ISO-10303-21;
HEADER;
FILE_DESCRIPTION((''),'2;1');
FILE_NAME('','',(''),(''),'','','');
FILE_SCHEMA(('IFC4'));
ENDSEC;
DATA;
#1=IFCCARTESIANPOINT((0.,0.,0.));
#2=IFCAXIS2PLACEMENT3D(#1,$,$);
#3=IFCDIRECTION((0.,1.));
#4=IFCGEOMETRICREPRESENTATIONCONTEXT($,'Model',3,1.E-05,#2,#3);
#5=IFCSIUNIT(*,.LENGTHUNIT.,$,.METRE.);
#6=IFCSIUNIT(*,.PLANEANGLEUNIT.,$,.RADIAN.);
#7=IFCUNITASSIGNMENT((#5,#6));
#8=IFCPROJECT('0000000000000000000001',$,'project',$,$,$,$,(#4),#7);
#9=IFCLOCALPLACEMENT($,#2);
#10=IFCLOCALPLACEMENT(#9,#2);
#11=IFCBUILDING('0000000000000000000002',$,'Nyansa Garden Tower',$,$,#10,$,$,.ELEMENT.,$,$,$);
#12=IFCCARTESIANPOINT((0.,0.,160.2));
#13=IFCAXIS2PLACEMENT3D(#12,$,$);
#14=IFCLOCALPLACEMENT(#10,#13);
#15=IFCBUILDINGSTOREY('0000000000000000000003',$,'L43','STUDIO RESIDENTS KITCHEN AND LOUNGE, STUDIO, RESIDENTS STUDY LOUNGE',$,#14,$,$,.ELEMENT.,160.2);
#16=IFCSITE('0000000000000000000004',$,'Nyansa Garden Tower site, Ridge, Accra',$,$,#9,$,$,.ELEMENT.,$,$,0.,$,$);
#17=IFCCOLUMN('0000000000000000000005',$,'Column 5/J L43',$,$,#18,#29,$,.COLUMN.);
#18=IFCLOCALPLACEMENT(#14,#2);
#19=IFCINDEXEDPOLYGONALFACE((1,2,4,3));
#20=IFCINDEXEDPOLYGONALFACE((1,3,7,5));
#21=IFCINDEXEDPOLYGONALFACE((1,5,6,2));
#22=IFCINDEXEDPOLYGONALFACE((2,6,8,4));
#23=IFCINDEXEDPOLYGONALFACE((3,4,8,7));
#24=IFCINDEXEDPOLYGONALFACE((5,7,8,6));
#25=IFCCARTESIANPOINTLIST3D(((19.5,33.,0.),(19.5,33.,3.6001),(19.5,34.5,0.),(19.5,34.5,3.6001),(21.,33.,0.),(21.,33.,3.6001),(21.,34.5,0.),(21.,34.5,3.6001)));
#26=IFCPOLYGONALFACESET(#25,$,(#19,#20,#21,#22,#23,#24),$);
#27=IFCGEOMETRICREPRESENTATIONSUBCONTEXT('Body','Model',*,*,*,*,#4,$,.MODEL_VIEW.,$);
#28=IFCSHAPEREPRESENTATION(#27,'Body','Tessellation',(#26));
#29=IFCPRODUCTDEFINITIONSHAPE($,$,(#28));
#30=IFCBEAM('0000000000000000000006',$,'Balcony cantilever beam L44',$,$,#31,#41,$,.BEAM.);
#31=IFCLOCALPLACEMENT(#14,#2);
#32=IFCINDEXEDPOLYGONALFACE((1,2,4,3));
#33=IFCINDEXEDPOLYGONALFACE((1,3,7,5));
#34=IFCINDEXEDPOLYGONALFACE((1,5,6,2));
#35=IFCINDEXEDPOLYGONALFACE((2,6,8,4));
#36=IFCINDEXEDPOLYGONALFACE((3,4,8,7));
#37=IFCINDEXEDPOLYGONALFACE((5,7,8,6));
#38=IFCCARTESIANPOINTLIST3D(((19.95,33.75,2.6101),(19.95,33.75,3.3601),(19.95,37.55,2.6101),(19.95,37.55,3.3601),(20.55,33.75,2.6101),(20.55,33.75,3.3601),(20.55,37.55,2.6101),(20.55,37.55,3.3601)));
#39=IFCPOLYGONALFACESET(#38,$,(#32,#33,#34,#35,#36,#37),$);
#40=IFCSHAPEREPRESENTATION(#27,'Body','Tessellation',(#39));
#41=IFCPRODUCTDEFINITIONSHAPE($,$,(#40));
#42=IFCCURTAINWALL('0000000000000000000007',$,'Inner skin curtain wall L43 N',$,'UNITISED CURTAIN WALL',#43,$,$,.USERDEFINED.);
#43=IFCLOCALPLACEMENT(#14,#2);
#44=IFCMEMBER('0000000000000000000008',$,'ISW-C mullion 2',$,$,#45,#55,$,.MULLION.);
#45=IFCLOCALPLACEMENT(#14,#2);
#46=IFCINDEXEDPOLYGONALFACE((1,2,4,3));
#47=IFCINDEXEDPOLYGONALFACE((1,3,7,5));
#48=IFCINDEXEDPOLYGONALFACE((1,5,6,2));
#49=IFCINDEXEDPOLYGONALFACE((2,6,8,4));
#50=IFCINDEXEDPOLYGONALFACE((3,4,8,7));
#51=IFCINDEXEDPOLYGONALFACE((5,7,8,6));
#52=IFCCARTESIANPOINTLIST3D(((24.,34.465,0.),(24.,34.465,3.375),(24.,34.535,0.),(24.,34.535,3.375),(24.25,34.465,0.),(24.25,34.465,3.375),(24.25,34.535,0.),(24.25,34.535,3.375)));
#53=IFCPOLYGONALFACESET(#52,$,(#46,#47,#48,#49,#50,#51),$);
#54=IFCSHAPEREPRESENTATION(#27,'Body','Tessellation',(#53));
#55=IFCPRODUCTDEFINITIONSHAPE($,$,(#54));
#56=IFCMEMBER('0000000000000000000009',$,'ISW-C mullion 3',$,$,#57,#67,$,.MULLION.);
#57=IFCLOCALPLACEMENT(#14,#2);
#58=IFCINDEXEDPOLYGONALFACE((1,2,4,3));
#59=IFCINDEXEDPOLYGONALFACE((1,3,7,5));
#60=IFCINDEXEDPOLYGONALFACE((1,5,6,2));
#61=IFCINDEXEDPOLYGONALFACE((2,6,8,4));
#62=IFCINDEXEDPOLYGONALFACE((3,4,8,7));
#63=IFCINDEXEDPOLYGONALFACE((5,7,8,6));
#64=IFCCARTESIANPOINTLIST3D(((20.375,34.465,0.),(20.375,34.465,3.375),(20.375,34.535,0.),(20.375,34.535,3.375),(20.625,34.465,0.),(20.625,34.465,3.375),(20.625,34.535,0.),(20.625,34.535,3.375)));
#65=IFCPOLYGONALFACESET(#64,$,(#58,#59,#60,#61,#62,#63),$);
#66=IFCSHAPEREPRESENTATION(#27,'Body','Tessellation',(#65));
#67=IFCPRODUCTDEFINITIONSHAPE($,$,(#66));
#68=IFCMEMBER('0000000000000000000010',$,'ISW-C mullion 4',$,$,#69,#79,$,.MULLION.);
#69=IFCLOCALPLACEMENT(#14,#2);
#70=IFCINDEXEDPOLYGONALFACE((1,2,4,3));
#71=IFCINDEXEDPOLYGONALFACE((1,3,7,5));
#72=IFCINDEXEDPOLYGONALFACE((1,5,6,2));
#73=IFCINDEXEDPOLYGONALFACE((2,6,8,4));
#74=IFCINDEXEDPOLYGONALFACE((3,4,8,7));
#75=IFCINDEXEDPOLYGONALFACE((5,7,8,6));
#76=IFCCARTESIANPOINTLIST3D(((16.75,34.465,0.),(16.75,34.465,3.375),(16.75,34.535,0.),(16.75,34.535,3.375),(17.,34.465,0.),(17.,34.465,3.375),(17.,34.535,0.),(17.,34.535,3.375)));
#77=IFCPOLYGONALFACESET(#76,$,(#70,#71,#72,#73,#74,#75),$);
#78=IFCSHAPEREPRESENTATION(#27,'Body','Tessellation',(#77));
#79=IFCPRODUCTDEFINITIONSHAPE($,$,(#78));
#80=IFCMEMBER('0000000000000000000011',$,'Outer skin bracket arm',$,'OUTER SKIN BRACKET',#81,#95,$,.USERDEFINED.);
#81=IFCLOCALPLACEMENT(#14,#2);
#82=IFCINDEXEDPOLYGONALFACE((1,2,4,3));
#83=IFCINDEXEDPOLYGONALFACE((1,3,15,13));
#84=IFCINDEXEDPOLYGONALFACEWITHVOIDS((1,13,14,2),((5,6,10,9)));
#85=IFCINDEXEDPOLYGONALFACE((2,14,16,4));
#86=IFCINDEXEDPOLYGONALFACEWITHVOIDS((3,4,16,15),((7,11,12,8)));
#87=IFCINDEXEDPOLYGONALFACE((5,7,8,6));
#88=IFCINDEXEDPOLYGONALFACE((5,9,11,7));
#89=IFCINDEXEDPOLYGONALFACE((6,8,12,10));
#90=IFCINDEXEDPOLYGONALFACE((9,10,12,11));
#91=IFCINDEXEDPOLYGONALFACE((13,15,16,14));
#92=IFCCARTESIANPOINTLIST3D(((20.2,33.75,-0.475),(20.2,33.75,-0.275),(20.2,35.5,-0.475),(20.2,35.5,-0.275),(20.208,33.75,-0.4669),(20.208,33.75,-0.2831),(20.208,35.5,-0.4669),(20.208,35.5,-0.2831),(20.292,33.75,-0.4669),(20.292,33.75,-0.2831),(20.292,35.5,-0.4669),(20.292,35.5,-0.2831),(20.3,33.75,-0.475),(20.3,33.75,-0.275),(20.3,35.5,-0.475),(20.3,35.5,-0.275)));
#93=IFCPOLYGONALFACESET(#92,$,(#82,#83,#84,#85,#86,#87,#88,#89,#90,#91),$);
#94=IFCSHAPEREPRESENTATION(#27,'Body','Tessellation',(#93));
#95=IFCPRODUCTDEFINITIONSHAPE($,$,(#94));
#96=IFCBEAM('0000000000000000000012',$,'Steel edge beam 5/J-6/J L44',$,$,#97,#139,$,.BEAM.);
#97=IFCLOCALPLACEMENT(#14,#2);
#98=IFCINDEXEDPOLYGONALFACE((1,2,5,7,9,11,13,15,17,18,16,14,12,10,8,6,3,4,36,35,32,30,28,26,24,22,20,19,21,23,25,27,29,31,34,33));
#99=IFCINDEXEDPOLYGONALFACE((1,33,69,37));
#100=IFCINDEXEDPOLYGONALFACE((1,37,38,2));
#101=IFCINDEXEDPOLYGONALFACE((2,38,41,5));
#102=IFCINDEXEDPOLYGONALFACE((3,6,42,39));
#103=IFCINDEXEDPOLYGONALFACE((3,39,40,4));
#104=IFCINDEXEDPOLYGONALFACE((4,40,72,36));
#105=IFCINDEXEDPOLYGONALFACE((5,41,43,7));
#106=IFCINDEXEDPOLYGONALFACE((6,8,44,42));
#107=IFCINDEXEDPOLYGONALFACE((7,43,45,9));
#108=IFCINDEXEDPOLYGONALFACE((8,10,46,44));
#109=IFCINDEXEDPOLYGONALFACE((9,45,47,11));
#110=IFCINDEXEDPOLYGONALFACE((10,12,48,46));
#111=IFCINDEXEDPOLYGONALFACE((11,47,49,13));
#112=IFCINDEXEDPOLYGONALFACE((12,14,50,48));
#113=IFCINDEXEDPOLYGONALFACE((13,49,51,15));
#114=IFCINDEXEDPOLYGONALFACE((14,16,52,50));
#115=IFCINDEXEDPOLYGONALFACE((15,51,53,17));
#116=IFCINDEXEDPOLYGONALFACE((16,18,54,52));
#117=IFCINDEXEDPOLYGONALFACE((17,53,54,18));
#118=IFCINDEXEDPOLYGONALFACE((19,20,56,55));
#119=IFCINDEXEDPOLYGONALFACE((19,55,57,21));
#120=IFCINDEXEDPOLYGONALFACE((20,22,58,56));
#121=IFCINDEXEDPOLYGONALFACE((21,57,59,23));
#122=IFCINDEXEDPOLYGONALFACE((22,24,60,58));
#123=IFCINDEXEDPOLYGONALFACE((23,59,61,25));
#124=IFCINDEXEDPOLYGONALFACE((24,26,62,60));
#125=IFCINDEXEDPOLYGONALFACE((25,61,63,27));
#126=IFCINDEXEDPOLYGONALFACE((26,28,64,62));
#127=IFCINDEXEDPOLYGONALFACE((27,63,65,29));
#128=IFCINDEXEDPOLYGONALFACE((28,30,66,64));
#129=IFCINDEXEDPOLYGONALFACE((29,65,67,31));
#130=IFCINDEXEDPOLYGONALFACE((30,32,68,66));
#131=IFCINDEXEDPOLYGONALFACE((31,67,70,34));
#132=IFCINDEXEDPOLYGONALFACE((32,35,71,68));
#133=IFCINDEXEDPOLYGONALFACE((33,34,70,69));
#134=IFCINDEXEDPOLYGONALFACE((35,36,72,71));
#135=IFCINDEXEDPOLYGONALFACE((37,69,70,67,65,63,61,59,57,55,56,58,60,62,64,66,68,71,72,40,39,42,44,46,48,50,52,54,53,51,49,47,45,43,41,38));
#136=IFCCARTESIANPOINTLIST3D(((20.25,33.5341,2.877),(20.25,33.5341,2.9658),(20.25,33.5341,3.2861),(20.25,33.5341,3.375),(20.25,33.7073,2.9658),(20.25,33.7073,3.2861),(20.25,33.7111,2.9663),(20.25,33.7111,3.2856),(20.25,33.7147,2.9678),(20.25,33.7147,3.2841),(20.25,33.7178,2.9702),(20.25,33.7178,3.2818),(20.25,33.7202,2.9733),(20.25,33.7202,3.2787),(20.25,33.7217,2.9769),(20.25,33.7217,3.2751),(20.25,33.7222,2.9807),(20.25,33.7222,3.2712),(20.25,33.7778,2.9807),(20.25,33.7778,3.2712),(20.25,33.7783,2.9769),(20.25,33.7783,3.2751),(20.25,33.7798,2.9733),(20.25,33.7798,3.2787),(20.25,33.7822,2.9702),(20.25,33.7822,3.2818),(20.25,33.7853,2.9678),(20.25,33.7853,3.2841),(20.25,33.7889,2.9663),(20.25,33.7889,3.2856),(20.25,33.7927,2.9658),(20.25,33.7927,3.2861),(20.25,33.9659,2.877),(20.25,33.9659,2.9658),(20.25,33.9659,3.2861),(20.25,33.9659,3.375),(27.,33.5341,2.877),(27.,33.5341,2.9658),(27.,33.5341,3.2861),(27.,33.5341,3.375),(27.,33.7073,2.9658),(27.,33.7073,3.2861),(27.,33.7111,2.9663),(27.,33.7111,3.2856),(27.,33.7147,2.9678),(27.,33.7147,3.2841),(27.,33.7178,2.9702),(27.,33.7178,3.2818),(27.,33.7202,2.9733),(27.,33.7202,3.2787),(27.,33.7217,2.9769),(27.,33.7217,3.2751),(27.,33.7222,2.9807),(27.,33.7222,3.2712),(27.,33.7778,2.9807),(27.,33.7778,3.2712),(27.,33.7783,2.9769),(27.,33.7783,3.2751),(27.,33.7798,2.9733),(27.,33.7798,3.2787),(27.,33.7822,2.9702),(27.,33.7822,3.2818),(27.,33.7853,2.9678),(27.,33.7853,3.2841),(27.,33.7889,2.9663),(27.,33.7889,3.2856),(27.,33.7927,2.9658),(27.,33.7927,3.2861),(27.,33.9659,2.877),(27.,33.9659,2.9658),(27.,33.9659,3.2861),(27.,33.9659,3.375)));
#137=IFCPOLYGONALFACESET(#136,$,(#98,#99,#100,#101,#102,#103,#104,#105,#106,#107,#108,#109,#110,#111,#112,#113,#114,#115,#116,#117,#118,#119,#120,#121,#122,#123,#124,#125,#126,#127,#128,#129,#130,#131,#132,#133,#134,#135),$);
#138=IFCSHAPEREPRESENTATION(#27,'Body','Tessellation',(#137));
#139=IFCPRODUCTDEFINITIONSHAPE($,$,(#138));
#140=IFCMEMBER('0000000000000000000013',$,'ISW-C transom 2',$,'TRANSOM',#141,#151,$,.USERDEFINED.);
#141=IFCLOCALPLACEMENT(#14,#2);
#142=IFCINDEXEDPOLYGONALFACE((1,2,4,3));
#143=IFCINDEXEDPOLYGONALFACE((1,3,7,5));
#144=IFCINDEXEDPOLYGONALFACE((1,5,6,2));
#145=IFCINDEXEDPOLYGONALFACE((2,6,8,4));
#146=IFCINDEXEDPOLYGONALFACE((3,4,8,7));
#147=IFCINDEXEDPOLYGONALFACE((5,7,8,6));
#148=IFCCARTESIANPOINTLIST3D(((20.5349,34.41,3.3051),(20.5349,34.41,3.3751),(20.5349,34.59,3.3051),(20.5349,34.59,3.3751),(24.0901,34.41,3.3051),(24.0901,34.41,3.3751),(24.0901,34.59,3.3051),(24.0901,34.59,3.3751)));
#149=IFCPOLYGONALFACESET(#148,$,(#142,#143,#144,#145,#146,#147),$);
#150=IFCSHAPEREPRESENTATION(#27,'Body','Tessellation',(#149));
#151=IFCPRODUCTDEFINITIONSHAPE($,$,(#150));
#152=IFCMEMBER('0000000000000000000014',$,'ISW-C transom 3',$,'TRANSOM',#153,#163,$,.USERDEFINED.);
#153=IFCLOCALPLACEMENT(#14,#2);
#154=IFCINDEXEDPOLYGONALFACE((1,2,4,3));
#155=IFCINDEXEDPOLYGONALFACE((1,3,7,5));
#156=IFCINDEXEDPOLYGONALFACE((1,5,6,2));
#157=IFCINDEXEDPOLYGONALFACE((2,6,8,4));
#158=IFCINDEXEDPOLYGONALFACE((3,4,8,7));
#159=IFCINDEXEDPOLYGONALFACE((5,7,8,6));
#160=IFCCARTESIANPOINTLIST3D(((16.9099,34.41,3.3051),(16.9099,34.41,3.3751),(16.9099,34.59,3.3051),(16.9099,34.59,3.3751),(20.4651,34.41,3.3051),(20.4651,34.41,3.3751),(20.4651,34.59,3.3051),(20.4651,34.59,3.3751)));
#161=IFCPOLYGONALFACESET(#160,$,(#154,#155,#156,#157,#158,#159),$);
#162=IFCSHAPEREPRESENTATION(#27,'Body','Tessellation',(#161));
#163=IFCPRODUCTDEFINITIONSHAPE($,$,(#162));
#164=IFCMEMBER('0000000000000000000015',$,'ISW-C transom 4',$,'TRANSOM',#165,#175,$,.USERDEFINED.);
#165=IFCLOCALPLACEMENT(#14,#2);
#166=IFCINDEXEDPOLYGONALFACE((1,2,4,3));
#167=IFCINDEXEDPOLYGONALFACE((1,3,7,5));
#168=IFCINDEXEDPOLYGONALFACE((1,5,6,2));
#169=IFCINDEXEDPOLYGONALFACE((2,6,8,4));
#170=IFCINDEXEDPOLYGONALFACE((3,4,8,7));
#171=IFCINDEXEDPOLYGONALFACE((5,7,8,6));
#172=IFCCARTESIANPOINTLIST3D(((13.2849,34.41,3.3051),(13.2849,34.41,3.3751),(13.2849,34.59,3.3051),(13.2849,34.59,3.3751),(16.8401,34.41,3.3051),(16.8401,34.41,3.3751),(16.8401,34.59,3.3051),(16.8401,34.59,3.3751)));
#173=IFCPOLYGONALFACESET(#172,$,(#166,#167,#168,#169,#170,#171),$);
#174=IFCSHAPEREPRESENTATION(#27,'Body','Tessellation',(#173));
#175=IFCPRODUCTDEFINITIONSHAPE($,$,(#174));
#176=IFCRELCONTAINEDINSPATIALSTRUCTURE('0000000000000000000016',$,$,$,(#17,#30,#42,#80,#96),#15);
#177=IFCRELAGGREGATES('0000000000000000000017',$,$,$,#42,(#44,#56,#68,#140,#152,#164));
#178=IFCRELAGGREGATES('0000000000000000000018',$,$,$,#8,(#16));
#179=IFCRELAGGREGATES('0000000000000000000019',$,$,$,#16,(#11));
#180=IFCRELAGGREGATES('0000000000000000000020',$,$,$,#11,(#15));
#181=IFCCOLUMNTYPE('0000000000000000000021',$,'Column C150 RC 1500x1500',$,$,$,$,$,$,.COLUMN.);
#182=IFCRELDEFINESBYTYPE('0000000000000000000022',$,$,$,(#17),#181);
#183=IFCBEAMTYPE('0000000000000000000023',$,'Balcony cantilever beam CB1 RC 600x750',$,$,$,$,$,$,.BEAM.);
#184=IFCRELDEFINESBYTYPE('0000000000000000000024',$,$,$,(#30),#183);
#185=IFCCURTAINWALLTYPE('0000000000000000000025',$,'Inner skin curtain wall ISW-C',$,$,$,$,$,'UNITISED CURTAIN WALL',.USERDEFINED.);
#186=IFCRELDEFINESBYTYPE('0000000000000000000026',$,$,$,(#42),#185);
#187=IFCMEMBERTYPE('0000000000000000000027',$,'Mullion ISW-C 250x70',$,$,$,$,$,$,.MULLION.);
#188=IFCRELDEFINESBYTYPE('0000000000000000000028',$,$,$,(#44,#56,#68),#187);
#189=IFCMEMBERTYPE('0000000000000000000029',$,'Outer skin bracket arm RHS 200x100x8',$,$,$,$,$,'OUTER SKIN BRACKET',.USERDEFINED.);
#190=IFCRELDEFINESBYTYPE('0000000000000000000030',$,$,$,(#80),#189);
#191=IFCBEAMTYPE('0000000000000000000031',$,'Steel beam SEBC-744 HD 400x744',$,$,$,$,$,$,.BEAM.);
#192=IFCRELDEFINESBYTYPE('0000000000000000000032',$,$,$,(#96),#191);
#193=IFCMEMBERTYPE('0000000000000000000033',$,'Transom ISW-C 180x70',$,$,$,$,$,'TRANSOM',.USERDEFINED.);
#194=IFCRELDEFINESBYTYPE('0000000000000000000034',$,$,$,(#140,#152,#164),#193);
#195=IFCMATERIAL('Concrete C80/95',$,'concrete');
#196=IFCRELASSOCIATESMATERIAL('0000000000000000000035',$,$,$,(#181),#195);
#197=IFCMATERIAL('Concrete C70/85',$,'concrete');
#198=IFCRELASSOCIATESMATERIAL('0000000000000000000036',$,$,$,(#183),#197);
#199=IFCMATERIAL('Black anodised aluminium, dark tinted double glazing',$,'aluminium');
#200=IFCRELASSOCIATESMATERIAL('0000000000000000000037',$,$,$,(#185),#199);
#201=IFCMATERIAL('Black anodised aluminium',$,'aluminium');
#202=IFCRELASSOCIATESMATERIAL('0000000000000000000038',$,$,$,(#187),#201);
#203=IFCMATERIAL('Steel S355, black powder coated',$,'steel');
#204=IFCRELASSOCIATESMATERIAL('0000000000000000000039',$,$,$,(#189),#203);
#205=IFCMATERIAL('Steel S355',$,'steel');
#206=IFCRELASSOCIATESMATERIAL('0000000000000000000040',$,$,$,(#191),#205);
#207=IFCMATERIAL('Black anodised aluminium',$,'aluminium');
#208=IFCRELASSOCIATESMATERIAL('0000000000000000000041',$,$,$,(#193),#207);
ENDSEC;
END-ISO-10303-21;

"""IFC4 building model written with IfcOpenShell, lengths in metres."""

from ifc_helpers import new_model, si_unit, direction, frame, origin, origin_2d, place, context, subcontext, project, spatial, rectangle, hollow_rectangle, i_section, extrude, material, material_profile, profile_set, type_object, element, aggregate, save


model = new_model("IFC4")

# Units and contexts
model_context = context("Model", 3, precision=1e-05, world=origin(), true_north=direction((0.0, 1.0)))
body_context = subcontext(model_context, "Body", "Model", "MODEL_VIEW")
ifc_project = project(units=[si_unit("LENGTHUNIT", "METRE"), si_unit("PLANEANGLEUNIT", "RADIAN")], contexts=[model_context])

# Site, building, storey
site_placement = place(None, origin())
site = spatial("IfcSite", under=ifc_project, at=site_placement, Name="Nyansa Garden Tower site, Ridge, Accra", CompositionType="ELEMENT", RefElevation=0.0)
building_placement = place(site_placement, origin())
building = spatial("IfcBuilding", under=site, at=building_placement, Name="Nyansa Garden Tower", CompositionType="ELEMENT")
storey_placement = place(building_placement, frame((0.0, 0.0, 160.2)))
storey = spatial("IfcBuildingStorey", under=building, at=storey_placement, Name="L43", Description="STUDIO RESIDENTS KITCHEN AND LOUNGE, STUDIO, RESIDENTS STUDY LOUNGE", CompositionType="ELEMENT", Elevation=160.2)

# Column
ifc_material_1 = material(Name="Concrete C80/95", Category="concrete")
ifc_material_profile_1 = material_profile(ifc_material_1, rectangle(XDim=1.5, YDim=1.5, at=origin_2d()), Name="RC 1500x1500")
ifc_profile_set_1 = profile_set([ifc_material_profile_1], Name="Concrete C80/95")
column_type = type_object("IfcColumnType", Name="Column C150 RC 1500x1500", PredefinedType="COLUMN", material=ifc_profile_set_1)
column_placement = place(storey_placement, frame((20.25, 33.75, 0.0), z_axis=(0.0, 0.0, 1.0), x_axis=(1.0, 0.0, 0.0)))
element("IfcColumn", 1, at=column_placement, inside=storey, type_object=column_type, Name="Column 5/J L43", PredefinedType="COLUMN", context=body_context, shape_type="SweptSolid", body=[
    extrude(rectangle(XDim=1.5, YDim=1.5, at=origin_2d()), origin(), (0.0, 0.0, 1.0), 3.6001),
])

# Beam
ifc_material_2 = material(Name="Concrete C70/85", Category="concrete")
ifc_material_profile_2 = material_profile(ifc_material_2, rectangle(XDim=0.6001, YDim=0.75, at=origin_2d()), Name="RC 600x750")
ifc_profile_set_2 = profile_set([ifc_material_profile_2], Name="Concrete C70/85")
beam_type_1 = type_object("IfcBeamType", Name="Balcony cantilever beam CB1 RC 600x750", PredefinedType="BEAM", material=ifc_profile_set_2)
beam_1_placement = place(storey_placement, frame((20.25, 33.75, 2.9851), z_axis=(0.0, 1.0, 0.0), x_axis=(-1.0, 0.0, 0.0)))
element("IfcBeam", 2, at=beam_1_placement, inside=storey, type_object=beam_type_1, Name="Balcony cantilever beam L44", PredefinedType="BEAM", context=body_context, shape_type="SweptSolid", body=[
    extrude(rectangle(XDim=0.6001, YDim=0.75, at=origin_2d()), origin(), (0.0, 0.0, 1.0), 3.8),
])

# Curtain wall, members
ifc_material_3 = material(Name="Black anodised aluminium, dark tinted double glazing", Category="aluminium")
curtain_wall_type = type_object("IfcCurtainWallType", Name="Inner skin curtain wall ISW-C", ElementType="UNITISED CURTAIN WALL", PredefinedType="USERDEFINED", material=ifc_material_3)
curtain_wall_placement = place(storey_placement, origin())
curtain_wall = element("IfcCurtainWall", 3, at=curtain_wall_placement, inside=storey, type_object=curtain_wall_type, Name="Inner skin curtain wall L43 N", ObjectType="UNITISED CURTAIN WALL", PredefinedType="USERDEFINED")
ifc_material_4 = material(Name="Black anodised aluminium", Category="aluminium")
ifc_material_profile_3 = material_profile(ifc_material_4, rectangle(XDim=0.0701, YDim=0.25, at=origin_2d()), Name="Mullion 250x70")
ifc_profile_set_3 = profile_set([ifc_material_profile_3], Name="Black anodised aluminium")
member_type_1 = type_object("IfcMemberType", Name="Mullion ISW-C 250x70", PredefinedType="MULLION", material=ifc_profile_set_3)
member_1_placement = place(storey_placement, frame((24.125, 34.5, 0.0), z_axis=(0.0, 0.0, 1.0), x_axis=(0.0, -1.0, 0.0)))
member_1 = element("IfcMember", 4, at=member_1_placement, type_object=member_type_1, Name="ISW-C mullion 2", PredefinedType="MULLION", context=body_context, shape_type="SweptSolid", body=[
    extrude(rectangle(XDim=0.0701, YDim=0.25, at=origin_2d()), origin(), (0.0, 0.0, 1.0), 3.375),
])
member_2_placement = place(storey_placement, frame((20.5, 34.5, 0.0), z_axis=(0.0, 0.0, 1.0), x_axis=(0.0, -1.0, 0.0)))
member_2 = element("IfcMember", 5, at=member_2_placement, type_object=member_type_1, Name="ISW-C mullion 3", PredefinedType="MULLION", context=body_context, shape_type="SweptSolid", body=[
    extrude(rectangle(XDim=0.0701, YDim=0.25, at=origin_2d()), origin(), (0.0, 0.0, 1.0), 3.375),
])
member_3_placement = place(storey_placement, frame((16.875, 34.5, 0.0), z_axis=(0.0, 0.0, 1.0), x_axis=(0.0, -1.0, 0.0)))
member_3 = element("IfcMember", 6, at=member_3_placement, type_object=member_type_1, Name="ISW-C mullion 4", PredefinedType="MULLION", context=body_context, shape_type="SweptSolid", body=[
    extrude(rectangle(XDim=0.0701, YDim=0.25, at=origin_2d()), origin(), (0.0, 0.0, 1.0), 3.375),
])

# Member
ifc_material_5 = material(Name="Steel S355, black powder coated", Category="steel")
ifc_material_profile_4 = material_profile(ifc_material_5, hollow_rectangle(XDim=0.1001, YDim=0.2, WallThickness=0.0081, at=origin_2d()), Name="RHS 200x100x8")
ifc_profile_set_4 = profile_set([ifc_material_profile_4], Name="Steel S355, black powder coated")
member_type_2 = type_object("IfcMemberType", Name="Outer skin bracket arm RHS 200x100x8", ElementType="OUTER SKIN BRACKET", PredefinedType="USERDEFINED", material=ifc_profile_set_4)
member_4_placement = place(storey_placement, frame((20.25, 33.75, -0.375), z_axis=(0.0, 1.0, 0.0), x_axis=(-1.0, 0.0, 0.0)))
element("IfcMember", 7, at=member_4_placement, inside=storey, type_object=member_type_2, Name="Outer skin bracket arm", ObjectType="OUTER SKIN BRACKET", PredefinedType="USERDEFINED", context=body_context, shape_type="SweptSolid", body=[
    extrude(hollow_rectangle(XDim=0.1001, YDim=0.2, WallThickness=0.0081, at=origin_2d()), origin(), (0.0, 0.0, 1.0), 1.75),
])

# Beam
ifc_material_6 = material(Name="Steel S355", Category="steel")
ifc_material_profile_5 = material_profile(ifc_material_6, i_section(OverallWidth=0.4319, OverallDepth=0.498, WebThickness=0.0557, FlangeThickness=0.0889, FilletRadius=0.0149, at=origin_2d()), Name="HD 400x744")
ifc_profile_set_5 = profile_set([ifc_material_profile_5], Name="Steel S355")
beam_type_2 = type_object("IfcBeamType", Name="Steel beam SEBC-744 HD 400x744", PredefinedType="BEAM", material=ifc_profile_set_5)
beam_2_placement = place(storey_placement, frame((20.25, 33.75, 3.126), z_axis=(1.0, 0.0, 0.0), x_axis=(0.0, 1.0, 0.0)))
element("IfcBeam", 8, at=beam_2_placement, inside=storey, type_object=beam_type_2, Name="Steel edge beam 5/J-6/J L44", PredefinedType="BEAM", context=body_context, shape_type="SweptSolid", body=[
    extrude(i_section(OverallWidth=0.4319, OverallDepth=0.498, WebThickness=0.0557, FlangeThickness=0.0889, FilletRadius=0.0149, at=origin_2d()), origin(), (0.0, 0.0, 1.0), 6.75),
])

# Members
ifc_material_7 = material(Name="Black anodised aluminium", Category="aluminium")
ifc_material_profile_6 = material_profile(ifc_material_7, rectangle(XDim=0.1799, YDim=0.0701, at=origin_2d()), Name="Transom 180x70")
ifc_profile_set_6 = profile_set([ifc_material_profile_6], Name="Black anodised aluminium")
member_type_3 = type_object("IfcMemberType", Name="Transom ISW-C 180x70", ElementType="TRANSOM", PredefinedType="USERDEFINED", material=ifc_profile_set_6)
member_5_placement = place(storey_placement, frame((24.0901, 34.5, 3.3401), z_axis=(-1.0, 0.0, 0.0), x_axis=(0.0, -1.0, 0.0)))
member_5 = element("IfcMember", 9, at=member_5_placement, type_object=member_type_3, Name="ISW-C transom 2", ObjectType="TRANSOM", PredefinedType="USERDEFINED", context=body_context, shape_type="SweptSolid", body=[
    extrude(rectangle(XDim=0.1799, YDim=0.0701, at=origin_2d()), origin(), (0.0, 0.0, 1.0), 3.5552),
])
member_6_placement = place(storey_placement, frame((20.4651, 34.5, 3.3401), z_axis=(-1.0, 0.0, 0.0), x_axis=(0.0, -1.0, 0.0)))
member_6 = element("IfcMember", 10, at=member_6_placement, type_object=member_type_3, Name="ISW-C transom 3", ObjectType="TRANSOM", PredefinedType="USERDEFINED", context=body_context, shape_type="SweptSolid", body=[
    extrude(rectangle(XDim=0.1799, YDim=0.0701, at=origin_2d()), origin(), (0.0, 0.0, 1.0), 3.5552),
])
member_7_placement = place(storey_placement, frame((16.8401, 34.5, 3.3401), z_axis=(-1.0, 0.0, 0.0), x_axis=(0.0, -1.0, 0.0)))
member_7 = element("IfcMember", 11, at=member_7_placement, type_object=member_type_3, Name="ISW-C transom 4", ObjectType="TRANSOM", PredefinedType="USERDEFINED", context=body_context, shape_type="SweptSolid", body=[
    extrude(rectangle(XDim=0.1799, YDim=0.0701, at=origin_2d()), origin(), (0.0, 0.0, 1.0), 3.5552),
])

aggregate(curtain_wall, [member_1, member_2, member_3, member_5, member_6, member_7])

save(model, "model.ifc")
